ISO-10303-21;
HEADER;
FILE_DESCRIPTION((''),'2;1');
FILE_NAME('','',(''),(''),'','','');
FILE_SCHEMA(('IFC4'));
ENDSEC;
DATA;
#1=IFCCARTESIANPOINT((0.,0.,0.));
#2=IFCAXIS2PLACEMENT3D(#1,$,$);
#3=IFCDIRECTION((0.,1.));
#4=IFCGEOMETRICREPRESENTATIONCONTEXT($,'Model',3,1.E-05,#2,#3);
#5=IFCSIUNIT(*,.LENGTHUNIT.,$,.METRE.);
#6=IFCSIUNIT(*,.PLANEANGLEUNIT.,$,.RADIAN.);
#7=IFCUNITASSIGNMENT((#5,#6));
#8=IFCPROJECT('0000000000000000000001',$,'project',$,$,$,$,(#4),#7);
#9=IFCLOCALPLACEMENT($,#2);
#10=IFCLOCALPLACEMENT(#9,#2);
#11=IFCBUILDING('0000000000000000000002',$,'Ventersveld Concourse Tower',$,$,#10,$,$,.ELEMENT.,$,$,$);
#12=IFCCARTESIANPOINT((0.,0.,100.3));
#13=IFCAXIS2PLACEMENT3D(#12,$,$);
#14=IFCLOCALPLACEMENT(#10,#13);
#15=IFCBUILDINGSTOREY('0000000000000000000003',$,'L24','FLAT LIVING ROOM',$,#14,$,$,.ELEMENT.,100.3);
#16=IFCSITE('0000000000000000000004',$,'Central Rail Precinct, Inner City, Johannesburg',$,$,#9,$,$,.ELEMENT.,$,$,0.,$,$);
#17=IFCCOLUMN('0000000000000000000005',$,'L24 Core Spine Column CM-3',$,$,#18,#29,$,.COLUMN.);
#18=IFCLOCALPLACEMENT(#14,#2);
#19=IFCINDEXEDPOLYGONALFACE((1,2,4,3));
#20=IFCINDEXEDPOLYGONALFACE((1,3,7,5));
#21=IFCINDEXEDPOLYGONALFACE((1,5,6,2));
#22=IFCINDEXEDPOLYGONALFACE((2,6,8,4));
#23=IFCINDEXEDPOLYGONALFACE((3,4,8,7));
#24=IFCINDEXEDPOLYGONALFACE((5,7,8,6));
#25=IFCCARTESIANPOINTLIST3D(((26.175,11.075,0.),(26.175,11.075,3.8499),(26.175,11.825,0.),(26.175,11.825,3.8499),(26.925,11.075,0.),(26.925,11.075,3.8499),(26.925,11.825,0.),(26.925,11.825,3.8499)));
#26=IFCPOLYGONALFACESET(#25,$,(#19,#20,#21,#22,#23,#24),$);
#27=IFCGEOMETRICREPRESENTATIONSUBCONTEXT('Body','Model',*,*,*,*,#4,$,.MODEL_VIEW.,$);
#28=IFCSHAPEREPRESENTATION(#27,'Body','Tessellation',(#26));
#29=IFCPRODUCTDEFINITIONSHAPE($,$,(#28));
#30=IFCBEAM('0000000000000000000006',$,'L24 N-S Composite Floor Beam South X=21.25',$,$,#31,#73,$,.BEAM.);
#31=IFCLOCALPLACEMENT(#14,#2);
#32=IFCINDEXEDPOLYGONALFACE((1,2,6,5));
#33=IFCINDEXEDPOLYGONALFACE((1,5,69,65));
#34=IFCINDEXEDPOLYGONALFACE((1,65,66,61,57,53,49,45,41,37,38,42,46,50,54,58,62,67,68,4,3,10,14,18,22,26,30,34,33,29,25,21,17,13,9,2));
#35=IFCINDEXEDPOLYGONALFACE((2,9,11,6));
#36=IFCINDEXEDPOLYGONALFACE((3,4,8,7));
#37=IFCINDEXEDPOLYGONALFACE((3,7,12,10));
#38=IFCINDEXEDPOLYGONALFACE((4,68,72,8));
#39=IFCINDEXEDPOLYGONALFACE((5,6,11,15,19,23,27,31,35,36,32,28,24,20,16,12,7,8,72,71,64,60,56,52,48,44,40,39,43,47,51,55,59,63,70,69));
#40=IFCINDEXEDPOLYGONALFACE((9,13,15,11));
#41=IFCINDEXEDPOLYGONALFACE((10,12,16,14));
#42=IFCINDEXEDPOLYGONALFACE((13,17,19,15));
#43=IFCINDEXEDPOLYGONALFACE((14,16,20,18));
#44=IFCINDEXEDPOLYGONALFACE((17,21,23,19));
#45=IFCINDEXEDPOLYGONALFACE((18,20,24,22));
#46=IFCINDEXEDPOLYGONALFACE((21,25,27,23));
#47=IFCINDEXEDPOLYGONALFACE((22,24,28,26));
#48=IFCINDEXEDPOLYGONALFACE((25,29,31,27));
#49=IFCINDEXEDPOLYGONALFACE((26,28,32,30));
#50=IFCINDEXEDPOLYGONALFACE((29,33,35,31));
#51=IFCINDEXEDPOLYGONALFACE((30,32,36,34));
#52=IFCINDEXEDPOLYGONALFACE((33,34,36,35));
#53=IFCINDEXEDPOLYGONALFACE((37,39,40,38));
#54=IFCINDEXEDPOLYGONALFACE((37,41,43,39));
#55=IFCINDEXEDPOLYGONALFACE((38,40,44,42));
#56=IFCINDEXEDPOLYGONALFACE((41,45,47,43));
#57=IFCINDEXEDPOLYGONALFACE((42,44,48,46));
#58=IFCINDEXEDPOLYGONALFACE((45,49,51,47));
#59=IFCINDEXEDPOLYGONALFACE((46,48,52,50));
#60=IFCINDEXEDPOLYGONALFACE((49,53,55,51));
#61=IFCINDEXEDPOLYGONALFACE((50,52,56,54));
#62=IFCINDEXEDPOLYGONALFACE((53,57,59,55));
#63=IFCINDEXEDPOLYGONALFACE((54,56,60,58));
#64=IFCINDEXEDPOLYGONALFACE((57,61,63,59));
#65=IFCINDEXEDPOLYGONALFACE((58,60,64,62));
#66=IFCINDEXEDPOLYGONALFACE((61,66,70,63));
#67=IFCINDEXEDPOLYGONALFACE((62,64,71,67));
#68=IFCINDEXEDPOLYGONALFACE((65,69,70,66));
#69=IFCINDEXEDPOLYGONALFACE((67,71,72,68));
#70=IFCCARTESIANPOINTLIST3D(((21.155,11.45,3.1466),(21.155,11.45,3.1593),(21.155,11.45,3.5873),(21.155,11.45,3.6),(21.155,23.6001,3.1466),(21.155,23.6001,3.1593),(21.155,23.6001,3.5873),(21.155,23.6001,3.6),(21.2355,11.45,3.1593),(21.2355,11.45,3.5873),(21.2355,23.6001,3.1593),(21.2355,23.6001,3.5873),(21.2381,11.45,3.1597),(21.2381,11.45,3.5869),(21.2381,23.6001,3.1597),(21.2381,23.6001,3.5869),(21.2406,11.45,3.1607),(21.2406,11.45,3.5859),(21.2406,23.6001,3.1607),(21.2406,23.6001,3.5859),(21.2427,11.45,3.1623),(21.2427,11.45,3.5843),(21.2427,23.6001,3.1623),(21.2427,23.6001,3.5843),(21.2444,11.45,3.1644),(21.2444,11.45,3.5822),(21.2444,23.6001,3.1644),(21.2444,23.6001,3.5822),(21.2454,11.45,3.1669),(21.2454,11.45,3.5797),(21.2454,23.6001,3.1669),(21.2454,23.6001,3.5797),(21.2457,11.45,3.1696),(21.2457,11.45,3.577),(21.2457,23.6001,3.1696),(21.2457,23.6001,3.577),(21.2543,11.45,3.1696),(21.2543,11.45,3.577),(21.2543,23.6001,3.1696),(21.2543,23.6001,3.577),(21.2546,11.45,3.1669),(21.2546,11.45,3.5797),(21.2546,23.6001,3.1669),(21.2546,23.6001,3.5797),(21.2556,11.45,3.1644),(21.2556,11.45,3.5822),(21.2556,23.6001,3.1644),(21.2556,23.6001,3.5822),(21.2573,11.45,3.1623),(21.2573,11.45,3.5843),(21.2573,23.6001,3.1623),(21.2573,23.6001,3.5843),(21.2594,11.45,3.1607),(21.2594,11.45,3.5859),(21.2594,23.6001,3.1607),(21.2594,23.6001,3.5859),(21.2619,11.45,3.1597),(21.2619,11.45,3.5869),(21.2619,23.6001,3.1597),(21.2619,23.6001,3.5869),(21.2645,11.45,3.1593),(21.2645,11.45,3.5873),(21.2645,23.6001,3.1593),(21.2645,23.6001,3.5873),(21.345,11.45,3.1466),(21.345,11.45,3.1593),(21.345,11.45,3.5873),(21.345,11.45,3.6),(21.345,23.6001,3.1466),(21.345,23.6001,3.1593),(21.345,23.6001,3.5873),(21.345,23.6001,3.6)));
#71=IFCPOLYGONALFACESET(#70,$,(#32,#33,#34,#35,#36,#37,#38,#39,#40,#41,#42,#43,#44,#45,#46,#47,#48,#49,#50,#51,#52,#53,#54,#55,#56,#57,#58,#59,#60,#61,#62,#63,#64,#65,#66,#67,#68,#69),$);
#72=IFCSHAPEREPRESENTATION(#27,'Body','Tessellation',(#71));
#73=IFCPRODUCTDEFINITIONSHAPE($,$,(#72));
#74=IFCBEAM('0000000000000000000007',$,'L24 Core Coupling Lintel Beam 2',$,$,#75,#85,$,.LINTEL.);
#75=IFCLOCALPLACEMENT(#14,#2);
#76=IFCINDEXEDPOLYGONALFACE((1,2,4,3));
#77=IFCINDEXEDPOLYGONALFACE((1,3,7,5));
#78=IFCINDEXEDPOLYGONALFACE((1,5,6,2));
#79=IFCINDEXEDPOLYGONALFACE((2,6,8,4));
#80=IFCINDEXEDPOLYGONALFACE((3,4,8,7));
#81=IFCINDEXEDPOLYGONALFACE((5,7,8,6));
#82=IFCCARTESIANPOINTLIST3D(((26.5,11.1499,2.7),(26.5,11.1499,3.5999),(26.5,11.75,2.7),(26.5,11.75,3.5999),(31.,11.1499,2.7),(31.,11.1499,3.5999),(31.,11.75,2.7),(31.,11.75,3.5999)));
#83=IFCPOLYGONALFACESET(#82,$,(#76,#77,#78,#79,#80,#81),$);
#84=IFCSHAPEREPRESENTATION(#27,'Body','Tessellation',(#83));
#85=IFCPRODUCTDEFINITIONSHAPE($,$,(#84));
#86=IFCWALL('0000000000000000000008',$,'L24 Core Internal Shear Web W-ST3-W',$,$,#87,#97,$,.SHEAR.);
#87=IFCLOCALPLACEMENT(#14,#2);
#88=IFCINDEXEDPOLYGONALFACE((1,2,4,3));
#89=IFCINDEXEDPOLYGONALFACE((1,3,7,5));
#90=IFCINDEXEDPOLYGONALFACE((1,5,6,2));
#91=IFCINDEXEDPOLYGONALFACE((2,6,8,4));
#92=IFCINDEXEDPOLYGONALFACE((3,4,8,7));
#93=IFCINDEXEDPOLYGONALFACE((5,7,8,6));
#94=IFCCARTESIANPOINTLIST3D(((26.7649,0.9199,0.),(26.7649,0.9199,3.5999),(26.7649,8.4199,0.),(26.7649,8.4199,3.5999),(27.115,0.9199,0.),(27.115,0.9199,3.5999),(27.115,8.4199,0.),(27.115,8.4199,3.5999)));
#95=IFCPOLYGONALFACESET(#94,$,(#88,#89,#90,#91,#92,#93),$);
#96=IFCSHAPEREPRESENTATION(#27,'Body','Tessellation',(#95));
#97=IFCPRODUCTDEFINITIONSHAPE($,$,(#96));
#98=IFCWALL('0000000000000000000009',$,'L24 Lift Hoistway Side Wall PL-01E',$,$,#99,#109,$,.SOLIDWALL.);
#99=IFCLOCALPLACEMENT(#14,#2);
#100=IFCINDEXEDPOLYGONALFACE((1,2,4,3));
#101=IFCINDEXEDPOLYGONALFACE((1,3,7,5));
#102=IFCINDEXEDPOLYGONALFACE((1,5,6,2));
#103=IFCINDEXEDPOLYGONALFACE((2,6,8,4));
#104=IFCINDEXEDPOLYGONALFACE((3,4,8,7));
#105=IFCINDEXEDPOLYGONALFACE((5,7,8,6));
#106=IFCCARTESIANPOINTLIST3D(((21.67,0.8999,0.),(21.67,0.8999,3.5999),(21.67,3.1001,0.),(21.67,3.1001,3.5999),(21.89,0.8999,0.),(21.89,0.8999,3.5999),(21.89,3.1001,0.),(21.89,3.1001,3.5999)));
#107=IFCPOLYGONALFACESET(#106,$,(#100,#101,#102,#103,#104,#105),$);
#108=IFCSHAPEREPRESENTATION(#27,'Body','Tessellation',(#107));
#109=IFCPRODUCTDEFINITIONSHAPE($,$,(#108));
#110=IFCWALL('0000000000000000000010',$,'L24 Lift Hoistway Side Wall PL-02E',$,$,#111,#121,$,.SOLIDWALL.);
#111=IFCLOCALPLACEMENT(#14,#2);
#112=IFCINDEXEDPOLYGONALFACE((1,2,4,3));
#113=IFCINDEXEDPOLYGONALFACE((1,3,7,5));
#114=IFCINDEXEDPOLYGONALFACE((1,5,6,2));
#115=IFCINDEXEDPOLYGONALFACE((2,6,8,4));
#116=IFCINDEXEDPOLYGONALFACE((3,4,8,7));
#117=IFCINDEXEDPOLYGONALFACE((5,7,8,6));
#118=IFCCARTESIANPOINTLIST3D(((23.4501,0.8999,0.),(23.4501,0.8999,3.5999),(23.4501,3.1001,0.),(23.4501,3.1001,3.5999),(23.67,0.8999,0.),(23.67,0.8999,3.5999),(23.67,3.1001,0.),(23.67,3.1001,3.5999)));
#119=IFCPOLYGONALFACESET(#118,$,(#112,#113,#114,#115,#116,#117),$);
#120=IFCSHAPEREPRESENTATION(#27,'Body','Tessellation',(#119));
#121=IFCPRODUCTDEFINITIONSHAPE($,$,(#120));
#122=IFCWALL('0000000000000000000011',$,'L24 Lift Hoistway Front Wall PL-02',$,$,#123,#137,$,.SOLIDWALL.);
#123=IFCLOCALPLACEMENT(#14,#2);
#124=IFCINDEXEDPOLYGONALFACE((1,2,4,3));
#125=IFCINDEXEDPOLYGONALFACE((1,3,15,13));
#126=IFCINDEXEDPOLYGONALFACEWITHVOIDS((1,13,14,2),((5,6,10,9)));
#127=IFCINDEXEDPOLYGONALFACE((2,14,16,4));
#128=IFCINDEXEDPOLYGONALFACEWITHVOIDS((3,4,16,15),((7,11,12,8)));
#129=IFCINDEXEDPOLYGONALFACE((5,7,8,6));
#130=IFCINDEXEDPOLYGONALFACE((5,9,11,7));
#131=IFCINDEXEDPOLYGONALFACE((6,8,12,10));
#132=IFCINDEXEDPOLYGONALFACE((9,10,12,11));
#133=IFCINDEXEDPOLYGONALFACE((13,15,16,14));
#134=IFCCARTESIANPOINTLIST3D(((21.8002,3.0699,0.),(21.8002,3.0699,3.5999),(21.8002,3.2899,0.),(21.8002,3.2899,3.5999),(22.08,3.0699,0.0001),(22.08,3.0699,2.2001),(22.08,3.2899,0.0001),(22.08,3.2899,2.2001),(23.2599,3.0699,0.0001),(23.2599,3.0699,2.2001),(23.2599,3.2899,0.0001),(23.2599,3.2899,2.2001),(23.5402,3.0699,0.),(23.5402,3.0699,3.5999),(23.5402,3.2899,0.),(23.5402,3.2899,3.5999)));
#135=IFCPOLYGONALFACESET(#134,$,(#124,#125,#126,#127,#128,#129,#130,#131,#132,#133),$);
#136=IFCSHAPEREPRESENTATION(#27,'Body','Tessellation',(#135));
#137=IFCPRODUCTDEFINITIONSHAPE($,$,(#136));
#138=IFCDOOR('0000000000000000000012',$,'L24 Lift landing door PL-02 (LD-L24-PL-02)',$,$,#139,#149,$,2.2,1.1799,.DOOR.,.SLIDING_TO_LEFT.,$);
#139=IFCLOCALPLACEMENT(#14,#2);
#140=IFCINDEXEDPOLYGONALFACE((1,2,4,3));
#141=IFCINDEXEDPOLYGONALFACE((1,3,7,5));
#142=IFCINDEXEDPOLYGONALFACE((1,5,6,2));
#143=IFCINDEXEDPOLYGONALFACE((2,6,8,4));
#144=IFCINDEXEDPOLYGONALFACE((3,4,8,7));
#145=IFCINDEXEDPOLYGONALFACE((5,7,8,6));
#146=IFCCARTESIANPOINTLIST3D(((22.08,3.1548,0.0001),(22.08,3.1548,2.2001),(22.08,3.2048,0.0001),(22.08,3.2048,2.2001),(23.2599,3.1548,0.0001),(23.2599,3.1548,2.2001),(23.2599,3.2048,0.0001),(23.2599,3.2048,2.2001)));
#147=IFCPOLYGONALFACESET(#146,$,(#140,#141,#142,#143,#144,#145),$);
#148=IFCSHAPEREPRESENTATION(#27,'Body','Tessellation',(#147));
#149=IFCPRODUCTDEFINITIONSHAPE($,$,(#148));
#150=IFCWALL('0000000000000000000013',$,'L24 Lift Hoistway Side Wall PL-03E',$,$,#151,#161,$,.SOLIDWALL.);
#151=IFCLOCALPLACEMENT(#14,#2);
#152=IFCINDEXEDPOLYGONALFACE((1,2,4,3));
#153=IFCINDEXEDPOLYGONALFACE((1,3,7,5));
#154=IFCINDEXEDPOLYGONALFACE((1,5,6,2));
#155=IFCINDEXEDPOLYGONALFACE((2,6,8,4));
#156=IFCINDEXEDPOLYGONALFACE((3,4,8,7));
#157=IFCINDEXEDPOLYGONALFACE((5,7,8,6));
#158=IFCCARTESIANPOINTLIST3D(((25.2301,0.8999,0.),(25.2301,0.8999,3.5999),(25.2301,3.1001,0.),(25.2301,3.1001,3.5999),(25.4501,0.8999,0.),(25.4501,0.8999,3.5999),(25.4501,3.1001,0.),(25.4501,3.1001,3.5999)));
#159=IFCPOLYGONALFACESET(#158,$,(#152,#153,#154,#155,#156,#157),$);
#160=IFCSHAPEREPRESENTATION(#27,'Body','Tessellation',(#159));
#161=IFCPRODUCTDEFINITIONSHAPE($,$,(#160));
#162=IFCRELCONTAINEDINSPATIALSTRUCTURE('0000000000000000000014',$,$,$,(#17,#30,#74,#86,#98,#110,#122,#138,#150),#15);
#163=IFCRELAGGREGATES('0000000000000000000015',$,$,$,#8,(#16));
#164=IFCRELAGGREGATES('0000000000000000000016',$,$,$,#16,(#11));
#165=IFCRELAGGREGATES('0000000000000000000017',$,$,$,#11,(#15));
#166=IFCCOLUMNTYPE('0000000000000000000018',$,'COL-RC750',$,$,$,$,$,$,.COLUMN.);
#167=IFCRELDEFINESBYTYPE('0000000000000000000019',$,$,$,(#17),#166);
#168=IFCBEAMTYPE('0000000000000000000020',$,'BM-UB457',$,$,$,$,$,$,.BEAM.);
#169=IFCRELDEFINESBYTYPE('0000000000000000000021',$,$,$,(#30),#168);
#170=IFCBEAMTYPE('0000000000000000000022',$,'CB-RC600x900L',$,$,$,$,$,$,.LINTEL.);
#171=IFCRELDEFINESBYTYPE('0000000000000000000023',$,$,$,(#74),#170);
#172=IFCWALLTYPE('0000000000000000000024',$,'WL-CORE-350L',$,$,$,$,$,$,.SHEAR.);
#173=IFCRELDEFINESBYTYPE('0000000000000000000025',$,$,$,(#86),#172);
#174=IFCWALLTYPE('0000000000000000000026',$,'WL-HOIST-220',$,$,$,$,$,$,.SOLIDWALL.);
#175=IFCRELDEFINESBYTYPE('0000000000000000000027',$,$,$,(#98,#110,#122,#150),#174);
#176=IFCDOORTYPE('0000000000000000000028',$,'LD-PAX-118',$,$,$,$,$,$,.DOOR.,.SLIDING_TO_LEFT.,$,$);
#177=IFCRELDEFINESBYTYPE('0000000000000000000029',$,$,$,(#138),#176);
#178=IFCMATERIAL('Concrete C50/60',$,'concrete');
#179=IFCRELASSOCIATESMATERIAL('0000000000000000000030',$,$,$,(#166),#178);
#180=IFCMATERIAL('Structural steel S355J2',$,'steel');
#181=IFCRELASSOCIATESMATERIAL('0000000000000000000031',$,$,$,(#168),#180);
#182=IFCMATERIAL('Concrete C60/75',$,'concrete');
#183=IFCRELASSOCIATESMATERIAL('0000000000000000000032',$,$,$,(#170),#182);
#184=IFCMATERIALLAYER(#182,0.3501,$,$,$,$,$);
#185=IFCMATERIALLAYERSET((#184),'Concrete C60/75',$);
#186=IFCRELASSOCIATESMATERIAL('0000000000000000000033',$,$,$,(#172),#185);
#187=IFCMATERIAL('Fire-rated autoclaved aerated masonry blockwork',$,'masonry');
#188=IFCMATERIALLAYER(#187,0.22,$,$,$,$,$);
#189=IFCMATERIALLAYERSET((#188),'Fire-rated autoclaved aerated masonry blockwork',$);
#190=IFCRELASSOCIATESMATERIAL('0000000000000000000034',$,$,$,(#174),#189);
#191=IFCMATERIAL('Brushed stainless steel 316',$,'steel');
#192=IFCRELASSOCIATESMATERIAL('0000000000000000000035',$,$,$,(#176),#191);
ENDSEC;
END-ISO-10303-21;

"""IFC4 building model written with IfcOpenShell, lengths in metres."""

from ifc_helpers import new_model, si_unit, direction, frame, frame_2d, origin, origin_2d, place, context, subcontext, project, spatial, rectangle, i_section, extrude, material, layer, layer_set, material_profile, profile_set, type_object, element, fill, save


model = new_model("IFC4")

# Units and contexts
model_context = context("Model", 3, precision=1e-05, world=origin(), true_north=direction((0.0, 1.0)))
body_context = subcontext(model_context, "Body", "Model", "MODEL_VIEW")
ifc_project = project(units=[si_unit("LENGTHUNIT", "METRE"), si_unit("PLANEANGLEUNIT", "RADIAN")], contexts=[model_context])

# Site, building, storey
site_placement = place(None, origin())
site = spatial("IfcSite", under=ifc_project, at=site_placement, Name="Central Rail Precinct, Inner City, Johannesburg", CompositionType="ELEMENT", RefElevation=0.0)
building_placement = place(site_placement, origin())
building = spatial("IfcBuilding", under=site, at=building_placement, Name="Ventersveld Concourse Tower", CompositionType="ELEMENT")
storey_placement = place(building_placement, frame((0.0, 0.0, 100.3)))
storey = spatial("IfcBuildingStorey", under=building, at=storey_placement, Name="L24", Description="FLAT LIVING ROOM", CompositionType="ELEMENT", Elevation=100.3)

# Column
ifc_material_1 = material(Name="Concrete C50/60", Category="concrete")
ifc_material_profile_1 = material_profile(ifc_material_1, rectangle(XDim=0.75, YDim=0.75, at=origin_2d()), Name="RC 750x750")
ifc_profile_set_1 = profile_set([ifc_material_profile_1], Name="Concrete C50/60")
column_type = type_object("IfcColumnType", Name="COL-RC750", PredefinedType="COLUMN", material=ifc_profile_set_1)
column_placement = place(storey_placement, frame((26.55, 11.45, 0.0), z_axis=(0.0, 0.0, 1.0), x_axis=(1.0, 0.0, 0.0)))
element("IfcColumn", 1, at=column_placement, inside=storey, type_object=column_type, Name="L24 Core Spine Column CM-3", PredefinedType="COLUMN", context=body_context, shape_type="SweptSolid", body=[
    extrude(rectangle(XDim=0.75, YDim=0.75, at=origin_2d()), origin(), (0.0, 0.0, 1.0), 3.8499),
])

# Beams
ifc_material_2 = material(Name="Structural steel S355J2", Category="steel")
ifc_material_profile_2 = material_profile(ifc_material_2, i_section(OverallWidth=0.1899, OverallDepth=0.4534, WebThickness=0.0085, FlangeThickness=0.0127, FilletRadius=0.0103, at=origin_2d()), Name="UB 457x191x67")
ifc_profile_set_2 = profile_set([ifc_material_profile_2], Name="Structural steel S355J2")
beam_type_1 = type_object("IfcBeamType", Name="BM-UB457", PredefinedType="BEAM", material=ifc_profile_set_2)
beam_1_placement = place(storey_placement, frame((21.25, 11.45, 3.3733), z_axis=(0.0, 1.0, 0.0), x_axis=(-1.0, 0.0, 0.0)))
element("IfcBeam", 2, at=beam_1_placement, inside=storey, type_object=beam_type_1, Name="L24 N-S Composite Floor Beam South X=21.25", PredefinedType="BEAM", context=body_context, shape_type="SweptSolid", body=[
    extrude(i_section(OverallWidth=0.1899, OverallDepth=0.4534, WebThickness=0.0085, FlangeThickness=0.0127, FilletRadius=0.0103, at=origin_2d()), origin(), (0.0, 0.0, 1.0), 12.1501),
])
ifc_material_3 = material(Name="Concrete C60/75", Category="concrete")
ifc_material_profile_3 = material_profile(ifc_material_3, rectangle(XDim=0.6001, YDim=0.8999, at=origin_2d()), Name="RC 600x900")
ifc_profile_set_3 = profile_set([ifc_material_profile_3], Name="Concrete C60/75")
beam_type_2 = type_object("IfcBeamType", Name="CB-RC600x900L", PredefinedType="LINTEL", material=ifc_profile_set_3)
beam_2_placement = place(storey_placement, frame((26.5, 11.45, 3.1499), z_axis=(1.0, 0.0, 0.0), x_axis=(0.0, 1.0, 0.0)))
element("IfcBeam", 3, at=beam_2_placement, inside=storey, type_object=beam_type_2, Name="L24 Core Coupling Lintel Beam 2", PredefinedType="LINTEL", context=body_context, shape_type="SweptSolid", body=[
    extrude(rectangle(XDim=0.6001, YDim=0.8999, at=origin_2d()), origin(), (0.0, 0.0, 1.0), 4.5),
])

# Walls
ifc_layer_1 = layer(ifc_material_3, 0.3501)
ifc_layer_set_1 = layer_set([ifc_layer_1], Name="Concrete C60/75")
wall_type_1 = type_object("IfcWallType", Name="WL-CORE-350L", PredefinedType="SHEAR", material=ifc_layer_set_1)
wall_1_placement = place(storey_placement, frame((26.9399, 0.9199, 0.0), z_axis=(0.0, 0.0, 1.0), x_axis=(0.0, 1.0, 0.0)))
element("IfcWall", 4, at=wall_1_placement, inside=storey, type_object=wall_type_1, Name="L24 Core Internal Shear Web W-ST3-W", PredefinedType="SHEAR", context=body_context, shape_type="SweptSolid", body=[
    extrude(rectangle(XDim=7.5, YDim=0.3501, at=frame_2d((3.75, 0.0))), origin(), (0.0, 0.0, 1.0), 3.5999),
])
ifc_material_4 = material(Name="Fire-rated autoclaved aerated masonry blockwork", Category="masonry")
ifc_layer_2 = layer(ifc_material_4, 0.22)
ifc_layer_set_2 = layer_set([ifc_layer_2], Name="Fire-rated autoclaved aerated masonry blockwork")
wall_type_2 = type_object("IfcWallType", Name="WL-HOIST-220", PredefinedType="SOLIDWALL", material=ifc_layer_set_2)
for number, where, z_axis, x_axis, name in (
    (5, (21.78, 0.8999, 0.0), (0.0, 0.0, 1.0), (0.0, 1.0, 0.0), "L24 Lift Hoistway Side Wall PL-01E"),
    (6, (23.5601, 0.8999, 0.0), (0.0, 0.0, 1.0), (0.0, 1.0, 0.0), "L24 Lift Hoistway Side Wall PL-02E"),
):
    element("IfcWall", number, at=place(storey_placement, frame(where, z_axis=z_axis, x_axis=x_axis)), inside=storey, type_object=wall_type_2, Name=name, PredefinedType="SOLIDWALL", context=body_context, shape_type="SweptSolid", body=[
        extrude(rectangle(XDim=2.2002, YDim=0.22, at=frame_2d((1.1001, 0.0))), origin(), (0.0, 0.0, 1.0), 3.5999),
    ])

# Wall, opening, door
wall_2_placement = place(storey_placement, frame((21.8, 3.1799, 0.0), z_axis=(0.0, 0.0, 1.0), x_axis=(1.0, 0.0, 0.0)))
wall_2 = element("IfcWall", 7, at=wall_2_placement, inside=storey, type_object=wall_type_2, Name="L24 Lift Hoistway Front Wall PL-02", PredefinedType="SOLIDWALL", context=body_context, shape_type="SweptSolid", body=[
    extrude(rectangle(XDim=1.74, YDim=0.22, at=frame_2d((0.8701, 0.0))), origin(), (0.0, 0.0, 1.0), 3.5999),
])
opening_1_placement = place(wall_2_placement, frame((0.28, 0.0, 0.0)))
opening_1 = element("IfcOpeningElement", 8, at=opening_1_placement, cuts=wall_2, PredefinedType="OPENING", context=body_context, shape_type="SweptSolid", body=[
    extrude(rectangle(XDim=1.1799, YDim=2.2, at=frame_2d((0.5898, 1.1001))), frame((0.0, 0.1201, 0.0), z_axis=(0.0, -1.0, 0.0), x_axis=(1.0, 0.0, 0.0)), (0.0, 0.0, 1.0), 0.24),
])
ifc_material_5 = material(Name="Brushed stainless steel 316", Category="steel")
door_type_1 = type_object("IfcDoorType", Name="LD-PAX-118", OperationType="SLIDING_TO_LEFT", PredefinedType="DOOR", material=ifc_material_5)
door_1_placement = place(opening_1_placement, origin())
door_1 = element("IfcDoor", 9, at=door_1_placement, inside=storey, type_object=door_type_1, Name="L24 Lift landing door PL-02 (LD-L24-PL-02)", OperationType="SLIDING_TO_LEFT", OverallHeight=2.2, OverallWidth=1.1799, PredefinedType="DOOR", context=body_context, shape_type="SweptSolid", body=[
    extrude(rectangle(XDim=1.1799, YDim=2.2, at=frame_2d((0.5898, 1.1001))), frame((0.0, 0.0249, 0.0), z_axis=(0.0, -1.0, 0.0), x_axis=(1.0, 0.0, 0.0)), (0.0, 0.0, 1.0), 0.05),
])
fill(opening_1, door_1)

# Wall
wall_3_placement = place(storey_placement, frame((25.3401, 0.8999, 0.0), z_axis=(0.0, 0.0, 1.0), x_axis=(0.0, 1.0, 0.0)))
element("IfcWall", 10, at=wall_3_placement, inside=storey, type_object=wall_type_2, Name="L24 Lift Hoistway Side Wall PL-03E", PredefinedType="SOLIDWALL", context=body_context, shape_type="SweptSolid", body=[
    extrude(rectangle(XDim=2.2002, YDim=0.22, at=frame_2d((1.1001, 0.0))), origin(), (0.0, 0.0, 1.0), 3.5999),
])

save(model, "model.ifc")
